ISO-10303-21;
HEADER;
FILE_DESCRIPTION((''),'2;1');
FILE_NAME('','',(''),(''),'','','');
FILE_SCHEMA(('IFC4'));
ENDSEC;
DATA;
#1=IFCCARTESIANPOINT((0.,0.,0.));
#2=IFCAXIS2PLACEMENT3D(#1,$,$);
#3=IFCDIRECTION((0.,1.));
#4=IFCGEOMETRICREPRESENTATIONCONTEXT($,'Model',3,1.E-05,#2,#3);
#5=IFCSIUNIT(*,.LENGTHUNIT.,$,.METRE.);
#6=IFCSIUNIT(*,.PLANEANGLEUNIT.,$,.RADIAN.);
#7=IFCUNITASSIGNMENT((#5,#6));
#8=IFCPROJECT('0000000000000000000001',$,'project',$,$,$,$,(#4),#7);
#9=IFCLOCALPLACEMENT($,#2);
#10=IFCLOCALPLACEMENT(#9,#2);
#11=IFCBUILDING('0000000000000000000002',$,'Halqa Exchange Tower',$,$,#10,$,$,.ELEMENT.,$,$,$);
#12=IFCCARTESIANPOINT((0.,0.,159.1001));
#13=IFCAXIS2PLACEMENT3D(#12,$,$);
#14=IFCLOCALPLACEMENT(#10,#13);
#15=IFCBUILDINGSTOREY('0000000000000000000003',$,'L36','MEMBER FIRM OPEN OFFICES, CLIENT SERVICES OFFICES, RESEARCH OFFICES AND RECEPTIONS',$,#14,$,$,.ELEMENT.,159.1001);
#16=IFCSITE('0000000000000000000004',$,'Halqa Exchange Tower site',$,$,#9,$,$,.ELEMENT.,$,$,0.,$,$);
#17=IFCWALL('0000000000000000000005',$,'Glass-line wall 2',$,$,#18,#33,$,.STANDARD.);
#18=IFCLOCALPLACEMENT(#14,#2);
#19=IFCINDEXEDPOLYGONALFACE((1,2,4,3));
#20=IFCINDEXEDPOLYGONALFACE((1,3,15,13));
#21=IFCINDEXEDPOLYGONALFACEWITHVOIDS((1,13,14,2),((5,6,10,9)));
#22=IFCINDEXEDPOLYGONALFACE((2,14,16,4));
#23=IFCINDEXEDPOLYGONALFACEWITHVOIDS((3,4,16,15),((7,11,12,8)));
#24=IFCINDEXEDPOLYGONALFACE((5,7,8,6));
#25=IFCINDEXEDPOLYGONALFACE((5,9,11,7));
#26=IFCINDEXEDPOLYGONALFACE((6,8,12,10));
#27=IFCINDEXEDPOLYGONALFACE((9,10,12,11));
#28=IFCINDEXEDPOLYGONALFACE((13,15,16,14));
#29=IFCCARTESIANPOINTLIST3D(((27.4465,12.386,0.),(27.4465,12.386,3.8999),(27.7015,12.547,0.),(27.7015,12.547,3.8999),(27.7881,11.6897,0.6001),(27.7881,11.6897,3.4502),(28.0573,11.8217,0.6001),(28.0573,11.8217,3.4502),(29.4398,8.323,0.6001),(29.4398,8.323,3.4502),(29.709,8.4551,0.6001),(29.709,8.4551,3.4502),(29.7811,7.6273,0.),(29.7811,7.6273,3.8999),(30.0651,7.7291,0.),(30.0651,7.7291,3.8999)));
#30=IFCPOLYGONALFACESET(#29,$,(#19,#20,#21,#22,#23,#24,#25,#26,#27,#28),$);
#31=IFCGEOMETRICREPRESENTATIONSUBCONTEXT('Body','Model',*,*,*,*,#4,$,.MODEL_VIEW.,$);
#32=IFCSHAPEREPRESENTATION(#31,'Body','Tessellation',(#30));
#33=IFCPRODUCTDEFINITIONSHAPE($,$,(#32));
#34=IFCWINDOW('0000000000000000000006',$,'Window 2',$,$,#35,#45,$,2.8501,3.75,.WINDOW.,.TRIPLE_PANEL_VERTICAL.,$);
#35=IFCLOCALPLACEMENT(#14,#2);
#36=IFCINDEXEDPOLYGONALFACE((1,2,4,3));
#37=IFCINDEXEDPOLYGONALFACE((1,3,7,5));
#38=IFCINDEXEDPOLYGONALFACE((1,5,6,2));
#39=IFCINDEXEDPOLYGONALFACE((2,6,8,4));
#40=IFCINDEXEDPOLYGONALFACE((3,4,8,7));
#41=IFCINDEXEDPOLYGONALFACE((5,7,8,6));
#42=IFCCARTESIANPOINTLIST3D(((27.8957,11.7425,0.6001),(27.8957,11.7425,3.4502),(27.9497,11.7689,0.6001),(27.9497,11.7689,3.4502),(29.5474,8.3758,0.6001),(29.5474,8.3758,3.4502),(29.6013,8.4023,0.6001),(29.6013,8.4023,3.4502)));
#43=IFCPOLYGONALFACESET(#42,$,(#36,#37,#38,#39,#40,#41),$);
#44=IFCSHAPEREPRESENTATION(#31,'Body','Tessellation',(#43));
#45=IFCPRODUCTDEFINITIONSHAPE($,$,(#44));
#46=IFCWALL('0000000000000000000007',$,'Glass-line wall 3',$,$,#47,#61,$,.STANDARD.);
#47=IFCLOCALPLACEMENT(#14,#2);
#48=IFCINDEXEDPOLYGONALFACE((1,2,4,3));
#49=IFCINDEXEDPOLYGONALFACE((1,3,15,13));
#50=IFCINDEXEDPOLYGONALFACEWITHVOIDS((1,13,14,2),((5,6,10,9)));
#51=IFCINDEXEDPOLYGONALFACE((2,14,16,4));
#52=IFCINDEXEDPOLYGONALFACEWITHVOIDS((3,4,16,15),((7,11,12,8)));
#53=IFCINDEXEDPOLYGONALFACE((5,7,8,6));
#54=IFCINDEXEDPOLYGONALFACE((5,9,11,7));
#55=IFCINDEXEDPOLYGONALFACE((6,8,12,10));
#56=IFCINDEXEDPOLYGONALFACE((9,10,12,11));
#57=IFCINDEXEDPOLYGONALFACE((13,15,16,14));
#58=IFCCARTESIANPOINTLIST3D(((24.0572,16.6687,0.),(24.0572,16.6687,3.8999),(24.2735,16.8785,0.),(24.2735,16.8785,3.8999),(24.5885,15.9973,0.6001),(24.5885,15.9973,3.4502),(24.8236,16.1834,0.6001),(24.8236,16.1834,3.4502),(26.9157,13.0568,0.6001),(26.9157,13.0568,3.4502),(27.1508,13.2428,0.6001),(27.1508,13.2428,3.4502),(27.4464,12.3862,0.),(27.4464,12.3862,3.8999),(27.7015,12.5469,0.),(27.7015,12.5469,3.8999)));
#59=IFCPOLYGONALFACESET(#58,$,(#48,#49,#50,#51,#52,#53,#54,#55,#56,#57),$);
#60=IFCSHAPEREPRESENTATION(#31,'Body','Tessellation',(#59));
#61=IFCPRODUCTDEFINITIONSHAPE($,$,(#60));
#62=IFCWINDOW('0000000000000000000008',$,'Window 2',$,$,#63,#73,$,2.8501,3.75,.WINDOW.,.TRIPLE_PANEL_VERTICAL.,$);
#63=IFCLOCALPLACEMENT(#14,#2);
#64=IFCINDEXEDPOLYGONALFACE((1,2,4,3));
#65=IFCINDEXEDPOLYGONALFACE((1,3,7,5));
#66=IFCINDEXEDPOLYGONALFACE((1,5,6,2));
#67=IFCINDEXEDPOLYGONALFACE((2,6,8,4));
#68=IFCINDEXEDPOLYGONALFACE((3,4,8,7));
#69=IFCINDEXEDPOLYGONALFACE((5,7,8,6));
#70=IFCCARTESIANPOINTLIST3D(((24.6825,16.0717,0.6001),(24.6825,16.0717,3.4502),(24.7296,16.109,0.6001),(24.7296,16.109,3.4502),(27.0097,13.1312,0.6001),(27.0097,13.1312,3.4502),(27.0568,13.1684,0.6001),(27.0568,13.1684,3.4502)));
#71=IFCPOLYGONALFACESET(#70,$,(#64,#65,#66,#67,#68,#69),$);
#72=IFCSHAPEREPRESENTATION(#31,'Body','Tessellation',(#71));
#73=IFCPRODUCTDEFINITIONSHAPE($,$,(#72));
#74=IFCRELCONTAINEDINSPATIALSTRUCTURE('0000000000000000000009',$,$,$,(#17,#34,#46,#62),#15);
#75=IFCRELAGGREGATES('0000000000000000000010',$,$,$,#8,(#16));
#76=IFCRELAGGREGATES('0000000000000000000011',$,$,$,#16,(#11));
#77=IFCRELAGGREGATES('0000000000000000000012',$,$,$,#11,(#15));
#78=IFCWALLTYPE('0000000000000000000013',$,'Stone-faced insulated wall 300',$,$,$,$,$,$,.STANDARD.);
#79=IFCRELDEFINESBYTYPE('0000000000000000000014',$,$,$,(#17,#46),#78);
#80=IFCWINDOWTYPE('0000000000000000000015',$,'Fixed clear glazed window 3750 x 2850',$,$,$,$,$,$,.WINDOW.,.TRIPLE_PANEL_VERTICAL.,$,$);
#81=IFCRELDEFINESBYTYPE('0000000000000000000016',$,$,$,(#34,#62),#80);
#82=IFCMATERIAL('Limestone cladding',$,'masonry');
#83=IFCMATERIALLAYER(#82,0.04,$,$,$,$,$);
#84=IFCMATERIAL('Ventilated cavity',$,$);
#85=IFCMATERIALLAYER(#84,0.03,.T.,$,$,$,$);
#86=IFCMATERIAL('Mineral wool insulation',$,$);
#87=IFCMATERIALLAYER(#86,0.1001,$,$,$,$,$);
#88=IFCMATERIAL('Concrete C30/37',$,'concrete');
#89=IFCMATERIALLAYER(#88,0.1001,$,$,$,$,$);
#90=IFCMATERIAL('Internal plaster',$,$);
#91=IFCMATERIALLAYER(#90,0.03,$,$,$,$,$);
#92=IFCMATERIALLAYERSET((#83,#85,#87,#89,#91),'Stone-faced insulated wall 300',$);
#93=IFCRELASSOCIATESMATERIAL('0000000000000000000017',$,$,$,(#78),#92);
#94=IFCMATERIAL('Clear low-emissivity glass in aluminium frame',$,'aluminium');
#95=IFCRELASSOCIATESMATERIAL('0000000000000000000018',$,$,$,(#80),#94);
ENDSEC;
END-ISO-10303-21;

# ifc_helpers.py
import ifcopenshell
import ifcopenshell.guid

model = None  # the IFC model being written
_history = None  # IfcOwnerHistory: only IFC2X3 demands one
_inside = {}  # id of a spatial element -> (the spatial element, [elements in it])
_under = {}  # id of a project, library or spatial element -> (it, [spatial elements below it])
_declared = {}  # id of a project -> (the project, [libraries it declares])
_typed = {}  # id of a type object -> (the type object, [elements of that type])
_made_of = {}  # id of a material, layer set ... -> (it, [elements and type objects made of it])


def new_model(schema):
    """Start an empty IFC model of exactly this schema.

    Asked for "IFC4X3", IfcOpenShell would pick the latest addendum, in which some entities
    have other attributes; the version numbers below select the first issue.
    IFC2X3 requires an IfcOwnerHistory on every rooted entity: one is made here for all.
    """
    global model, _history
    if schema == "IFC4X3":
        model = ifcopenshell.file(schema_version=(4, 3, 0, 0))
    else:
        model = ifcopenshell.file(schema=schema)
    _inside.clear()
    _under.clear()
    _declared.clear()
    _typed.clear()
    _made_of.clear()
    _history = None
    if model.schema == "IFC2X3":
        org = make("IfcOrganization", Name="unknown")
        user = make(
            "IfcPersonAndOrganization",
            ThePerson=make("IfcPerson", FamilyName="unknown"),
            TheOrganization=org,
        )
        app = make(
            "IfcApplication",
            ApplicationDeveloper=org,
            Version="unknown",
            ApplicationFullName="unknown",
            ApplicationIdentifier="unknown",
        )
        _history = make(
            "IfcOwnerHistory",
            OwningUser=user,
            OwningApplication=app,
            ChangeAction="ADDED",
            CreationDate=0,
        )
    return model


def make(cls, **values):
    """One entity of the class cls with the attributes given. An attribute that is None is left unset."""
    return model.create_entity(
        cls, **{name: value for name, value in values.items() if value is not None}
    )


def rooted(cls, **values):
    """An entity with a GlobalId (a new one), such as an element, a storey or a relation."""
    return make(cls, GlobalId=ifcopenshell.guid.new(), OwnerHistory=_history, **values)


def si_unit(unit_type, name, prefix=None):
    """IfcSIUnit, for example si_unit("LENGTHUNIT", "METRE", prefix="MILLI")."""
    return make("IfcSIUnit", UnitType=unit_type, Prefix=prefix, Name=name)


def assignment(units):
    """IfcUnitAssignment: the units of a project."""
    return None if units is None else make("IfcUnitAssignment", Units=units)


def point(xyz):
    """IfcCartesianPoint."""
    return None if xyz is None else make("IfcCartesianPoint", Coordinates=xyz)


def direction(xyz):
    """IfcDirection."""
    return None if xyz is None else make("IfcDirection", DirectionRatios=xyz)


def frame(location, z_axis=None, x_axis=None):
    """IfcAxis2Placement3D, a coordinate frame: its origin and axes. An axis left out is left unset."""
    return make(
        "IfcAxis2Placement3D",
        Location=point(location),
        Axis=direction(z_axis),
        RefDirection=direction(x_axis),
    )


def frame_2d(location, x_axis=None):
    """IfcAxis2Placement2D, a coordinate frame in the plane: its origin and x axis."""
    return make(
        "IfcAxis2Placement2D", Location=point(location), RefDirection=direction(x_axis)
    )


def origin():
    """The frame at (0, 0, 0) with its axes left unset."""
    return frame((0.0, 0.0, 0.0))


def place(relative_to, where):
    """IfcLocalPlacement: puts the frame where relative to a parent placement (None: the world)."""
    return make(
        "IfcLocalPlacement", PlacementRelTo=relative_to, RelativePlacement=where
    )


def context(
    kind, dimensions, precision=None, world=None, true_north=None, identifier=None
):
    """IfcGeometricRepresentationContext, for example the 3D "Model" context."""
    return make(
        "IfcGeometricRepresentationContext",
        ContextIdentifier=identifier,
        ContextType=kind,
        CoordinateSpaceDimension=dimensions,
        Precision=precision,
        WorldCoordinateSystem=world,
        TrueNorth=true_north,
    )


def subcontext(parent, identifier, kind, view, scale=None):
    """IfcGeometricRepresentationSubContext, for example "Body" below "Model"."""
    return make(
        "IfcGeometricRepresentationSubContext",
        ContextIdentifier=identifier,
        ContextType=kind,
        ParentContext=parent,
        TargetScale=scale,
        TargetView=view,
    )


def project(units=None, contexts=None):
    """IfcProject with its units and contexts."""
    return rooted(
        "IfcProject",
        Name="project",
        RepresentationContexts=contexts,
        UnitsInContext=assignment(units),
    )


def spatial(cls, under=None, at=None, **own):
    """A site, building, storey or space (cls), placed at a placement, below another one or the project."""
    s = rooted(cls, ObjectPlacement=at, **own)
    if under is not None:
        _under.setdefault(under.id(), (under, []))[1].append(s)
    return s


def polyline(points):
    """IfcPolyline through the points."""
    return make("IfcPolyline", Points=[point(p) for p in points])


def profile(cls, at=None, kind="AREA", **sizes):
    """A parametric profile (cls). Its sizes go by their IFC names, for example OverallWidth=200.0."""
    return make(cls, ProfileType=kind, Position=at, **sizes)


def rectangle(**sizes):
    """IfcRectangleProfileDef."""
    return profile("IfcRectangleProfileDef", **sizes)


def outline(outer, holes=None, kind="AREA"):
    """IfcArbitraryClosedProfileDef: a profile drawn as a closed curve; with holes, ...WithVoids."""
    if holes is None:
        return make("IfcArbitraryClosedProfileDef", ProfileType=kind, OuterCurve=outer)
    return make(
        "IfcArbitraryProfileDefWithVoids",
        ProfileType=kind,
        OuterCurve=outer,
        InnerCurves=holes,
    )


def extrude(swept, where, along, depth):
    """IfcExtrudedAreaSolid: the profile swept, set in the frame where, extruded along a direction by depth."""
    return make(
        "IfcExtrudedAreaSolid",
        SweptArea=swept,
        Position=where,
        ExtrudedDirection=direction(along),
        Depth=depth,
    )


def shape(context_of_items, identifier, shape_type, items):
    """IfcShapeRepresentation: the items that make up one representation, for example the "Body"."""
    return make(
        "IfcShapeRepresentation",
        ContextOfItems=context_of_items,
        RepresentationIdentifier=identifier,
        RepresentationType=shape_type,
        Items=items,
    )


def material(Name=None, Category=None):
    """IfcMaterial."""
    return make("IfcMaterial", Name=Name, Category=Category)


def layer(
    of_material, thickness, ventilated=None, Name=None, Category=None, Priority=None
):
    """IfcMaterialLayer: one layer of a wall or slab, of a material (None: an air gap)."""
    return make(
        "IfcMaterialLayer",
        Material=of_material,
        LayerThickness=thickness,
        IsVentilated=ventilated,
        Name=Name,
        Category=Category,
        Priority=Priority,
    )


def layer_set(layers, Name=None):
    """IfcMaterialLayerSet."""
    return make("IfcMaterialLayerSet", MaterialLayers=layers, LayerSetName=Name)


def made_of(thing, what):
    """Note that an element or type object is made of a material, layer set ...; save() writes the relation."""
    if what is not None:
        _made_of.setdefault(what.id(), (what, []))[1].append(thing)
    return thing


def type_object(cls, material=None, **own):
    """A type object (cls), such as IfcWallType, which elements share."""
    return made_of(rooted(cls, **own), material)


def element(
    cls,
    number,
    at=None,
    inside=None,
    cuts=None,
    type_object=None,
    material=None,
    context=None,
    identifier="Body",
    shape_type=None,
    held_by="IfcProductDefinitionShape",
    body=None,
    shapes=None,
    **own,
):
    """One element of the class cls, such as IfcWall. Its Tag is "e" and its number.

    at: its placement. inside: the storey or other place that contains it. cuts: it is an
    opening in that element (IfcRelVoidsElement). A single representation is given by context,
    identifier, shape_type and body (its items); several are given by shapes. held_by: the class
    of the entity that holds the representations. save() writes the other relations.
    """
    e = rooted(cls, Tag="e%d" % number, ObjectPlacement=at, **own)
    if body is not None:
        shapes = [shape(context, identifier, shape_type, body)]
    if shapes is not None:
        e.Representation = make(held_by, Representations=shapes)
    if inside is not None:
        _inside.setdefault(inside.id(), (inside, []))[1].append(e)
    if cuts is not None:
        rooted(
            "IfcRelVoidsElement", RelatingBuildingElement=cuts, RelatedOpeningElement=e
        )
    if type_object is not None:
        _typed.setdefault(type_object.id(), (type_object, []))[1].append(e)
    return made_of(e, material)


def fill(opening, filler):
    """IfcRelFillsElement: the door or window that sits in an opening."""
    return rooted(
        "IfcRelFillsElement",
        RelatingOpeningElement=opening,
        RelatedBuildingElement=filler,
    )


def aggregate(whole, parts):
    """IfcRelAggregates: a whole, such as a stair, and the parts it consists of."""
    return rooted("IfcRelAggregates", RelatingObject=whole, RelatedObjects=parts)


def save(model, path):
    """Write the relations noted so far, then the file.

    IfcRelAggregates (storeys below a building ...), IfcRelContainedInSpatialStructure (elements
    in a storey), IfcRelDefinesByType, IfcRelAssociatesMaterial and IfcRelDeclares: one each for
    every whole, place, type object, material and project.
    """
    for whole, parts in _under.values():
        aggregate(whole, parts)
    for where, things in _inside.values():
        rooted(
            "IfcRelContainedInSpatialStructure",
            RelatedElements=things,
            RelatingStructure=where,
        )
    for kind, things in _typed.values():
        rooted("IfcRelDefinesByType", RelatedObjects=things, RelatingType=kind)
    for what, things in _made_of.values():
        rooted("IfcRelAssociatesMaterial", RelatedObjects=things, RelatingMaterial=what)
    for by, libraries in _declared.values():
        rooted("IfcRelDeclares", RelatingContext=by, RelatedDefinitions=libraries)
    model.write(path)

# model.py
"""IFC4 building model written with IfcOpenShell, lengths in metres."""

from ifc_helpers import new_model, si_unit, direction, frame, frame_2d, origin, place, context, subcontext, project, spatial, polyline, rectangle, outline, extrude, material, layer, layer_set, type_object, element, fill, save


model = new_model("IFC4")

# Units and contexts
model_context = context("Model", 3, precision=1e-05, world=origin(), true_north=direction((0.0, 1.0)))
body_context = subcontext(model_context, "Body", "Model", "MODEL_VIEW")
ifc_project = project(units=[si_unit("LENGTHUNIT", "METRE"), si_unit("PLANEANGLEUNIT", "RADIAN")], contexts=[model_context])

# Site, building, storey
site_placement = place(None, origin())
site = spatial("IfcSite", under=ifc_project, at=site_placement, Name="Halqa Exchange Tower site", CompositionType="ELEMENT", RefElevation=0.0)
building_placement = place(site_placement, origin())
building = spatial("IfcBuilding", under=site, at=building_placement, Name="Halqa Exchange Tower", CompositionType="ELEMENT")
storey_placement = place(building_placement, frame((0.0, 0.0, 159.1001)))
storey = spatial("IfcBuildingStorey", under=building, at=storey_placement, Name="L36", Description="MEMBER FIRM OPEN OFFICES, CLIENT SERVICES OFFICES, RESEARCH OFFICES AND RECEPTIONS", CompositionType="ELEMENT", Elevation=159.1001)

# Walls, openings, windows
ifc_material_1 = material(Name="Limestone cladding", Category="masonry")
ifc_layer_1 = layer(ifc_material_1, 0.04)
ifc_material_2 = material(Name="Ventilated cavity")
ifc_layer_2 = layer(ifc_material_2, 0.03, ventilated=True)
ifc_material_3 = material(Name="Mineral wool insulation")
ifc_layer_3 = layer(ifc_material_3, 0.1001)
ifc_material_4 = material(Name="Concrete C30/37", Category="concrete")
ifc_layer_4 = layer(ifc_material_4, 0.1001)
ifc_material_5 = material(Name="Internal plaster")
ifc_layer_5 = layer(ifc_material_5, 0.03)
ifc_layer_set = layer_set([ifc_layer_1, ifc_layer_2, ifc_layer_3, ifc_layer_4, ifc_layer_5], Name="Stone-faced insulated wall 300")
wall_type = type_object("IfcWallType", Name="Stone-faced insulated wall 300", PredefinedType="STANDARD", material=ifc_layer_set)
ifc_material_6 = material(Name="Clear low-emissivity glass in aluminium frame", Category="aluminium")
window_type = type_object("IfcWindowType", Name="Fixed clear glazed window 3750 x 2850", PartitioningType="TRIPLE_PANEL_VERTICAL", PredefinedType="WINDOW", material=ifc_material_6)
wall_1_placement = place(storey_placement, frame((29.9231, 7.6782, 0.0), z_axis=(0.0, 0.0, 1.0), x_axis=(-0.440444, 0.89778, 0.0)))
wall_1 = element("IfcWall", 1, at=wall_1_placement, inside=storey, type_object=wall_type, Name="Glass-line wall 2", PredefinedType="STANDARD", context=body_context, shape_type="SweptSolid", body=[
    extrude(outline(polyline([(-0.0168, -0.1499), (5.3496, -0.1499), (5.3174, 0.1499), (0.0168, 0.1499), (-0.0168, -0.1499)])), origin(), (0.0, 0.0, 1.0), 3.8999),
])
opening_1_placement = place(wall_1_placement, frame((0.7917, 0.0, 0.6001)))
opening_1 = element("IfcOpeningElement", 2, at=opening_1_placement, cuts=wall_1, PredefinedType="OPENING", context=body_context, shape_type="SweptSolid", body=[
    extrude(rectangle(XDim=3.75, YDim=2.8501, at=frame_2d((1.875, 1.425))), frame((0.0, 0.1621, 0.0), z_axis=(0.0, -1.0, 0.0), x_axis=(1.0, 0.0, 0.0)), (0.0, 0.0, 1.0), 0.324),
])
window_1_placement = place(opening_1_placement, origin())
window_1 = element("IfcWindow", 3, at=window_1_placement, inside=storey, type_object=window_type, Name="Window 2", OverallHeight=2.8501, OverallWidth=3.75, PartitioningType="TRIPLE_PANEL_VERTICAL", PredefinedType="WINDOW", context=body_context, shape_type="SweptSolid", body=[
    extrude(rectangle(XDim=3.75, YDim=2.8501, at=frame_2d((1.875, 1.425))), frame((0.0, 0.03, 0.0), z_axis=(0.0, -1.0, 0.0), x_axis=(1.0, 0.0, 0.0)), (0.0, 0.0, 1.0), 0.0601),
])
fill(opening_1, window_1)
wall_2_placement = place(storey_placement, frame((27.574, 12.4666, 0.0), z_axis=(0.0, 0.0, 1.0), x_axis=(-0.620578, 0.784145, 0.0)))
wall_2 = element("IfcWall", 4, at=wall_2_placement, inside=storey, type_object=wall_type, Name="Glass-line wall 3", PredefinedType="STANDARD", context=body_context, shape_type="SweptSolid", body=[
    extrude(outline(polyline([(-0.0161, -0.1499), (5.5078, -0.1499), (5.4775, 0.1499), (0.0161, 0.1499), (-0.0161, -0.1499)])), origin(), (0.0, 0.0, 1.0), 3.8999),
])
opening_2_placement = place(wall_2_placement, frame((0.8713, 0.0, 0.6001)))
opening_2 = element("IfcOpeningElement", 5, at=opening_2_placement, cuts=wall_2, PredefinedType="OPENING", context=body_context, shape_type="SweptSolid", body=[
    extrude(rectangle(XDim=3.75, YDim=2.8501, at=frame_2d((1.875, 1.425))), frame((0.0, 0.1621, 0.0), z_axis=(0.0, -1.0, 0.0), x_axis=(1.0, 0.0, 0.0)), (0.0, 0.0, 1.0), 0.324),
])
window_2_placement = place(opening_2_placement, origin())
window_2 = element("IfcWindow", 6, at=window_2_placement, inside=storey, type_object=window_type, Name="Window 2", OverallHeight=2.8501, OverallWidth=3.75, PartitioningType="TRIPLE_PANEL_VERTICAL", PredefinedType="WINDOW", context=body_context, shape_type="SweptSolid", body=[
    extrude(rectangle(XDim=3.75, YDim=2.8501, at=frame_2d((1.875, 1.425))), frame((0.0, 0.03, 0.0), z_axis=(0.0, -1.0, 0.0), x_axis=(1.0, 0.0, 0.0)), (0.0, 0.0, 1.0), 0.0601),
])
fill(opening_2, window_2)

save(model, "model.ifc")
